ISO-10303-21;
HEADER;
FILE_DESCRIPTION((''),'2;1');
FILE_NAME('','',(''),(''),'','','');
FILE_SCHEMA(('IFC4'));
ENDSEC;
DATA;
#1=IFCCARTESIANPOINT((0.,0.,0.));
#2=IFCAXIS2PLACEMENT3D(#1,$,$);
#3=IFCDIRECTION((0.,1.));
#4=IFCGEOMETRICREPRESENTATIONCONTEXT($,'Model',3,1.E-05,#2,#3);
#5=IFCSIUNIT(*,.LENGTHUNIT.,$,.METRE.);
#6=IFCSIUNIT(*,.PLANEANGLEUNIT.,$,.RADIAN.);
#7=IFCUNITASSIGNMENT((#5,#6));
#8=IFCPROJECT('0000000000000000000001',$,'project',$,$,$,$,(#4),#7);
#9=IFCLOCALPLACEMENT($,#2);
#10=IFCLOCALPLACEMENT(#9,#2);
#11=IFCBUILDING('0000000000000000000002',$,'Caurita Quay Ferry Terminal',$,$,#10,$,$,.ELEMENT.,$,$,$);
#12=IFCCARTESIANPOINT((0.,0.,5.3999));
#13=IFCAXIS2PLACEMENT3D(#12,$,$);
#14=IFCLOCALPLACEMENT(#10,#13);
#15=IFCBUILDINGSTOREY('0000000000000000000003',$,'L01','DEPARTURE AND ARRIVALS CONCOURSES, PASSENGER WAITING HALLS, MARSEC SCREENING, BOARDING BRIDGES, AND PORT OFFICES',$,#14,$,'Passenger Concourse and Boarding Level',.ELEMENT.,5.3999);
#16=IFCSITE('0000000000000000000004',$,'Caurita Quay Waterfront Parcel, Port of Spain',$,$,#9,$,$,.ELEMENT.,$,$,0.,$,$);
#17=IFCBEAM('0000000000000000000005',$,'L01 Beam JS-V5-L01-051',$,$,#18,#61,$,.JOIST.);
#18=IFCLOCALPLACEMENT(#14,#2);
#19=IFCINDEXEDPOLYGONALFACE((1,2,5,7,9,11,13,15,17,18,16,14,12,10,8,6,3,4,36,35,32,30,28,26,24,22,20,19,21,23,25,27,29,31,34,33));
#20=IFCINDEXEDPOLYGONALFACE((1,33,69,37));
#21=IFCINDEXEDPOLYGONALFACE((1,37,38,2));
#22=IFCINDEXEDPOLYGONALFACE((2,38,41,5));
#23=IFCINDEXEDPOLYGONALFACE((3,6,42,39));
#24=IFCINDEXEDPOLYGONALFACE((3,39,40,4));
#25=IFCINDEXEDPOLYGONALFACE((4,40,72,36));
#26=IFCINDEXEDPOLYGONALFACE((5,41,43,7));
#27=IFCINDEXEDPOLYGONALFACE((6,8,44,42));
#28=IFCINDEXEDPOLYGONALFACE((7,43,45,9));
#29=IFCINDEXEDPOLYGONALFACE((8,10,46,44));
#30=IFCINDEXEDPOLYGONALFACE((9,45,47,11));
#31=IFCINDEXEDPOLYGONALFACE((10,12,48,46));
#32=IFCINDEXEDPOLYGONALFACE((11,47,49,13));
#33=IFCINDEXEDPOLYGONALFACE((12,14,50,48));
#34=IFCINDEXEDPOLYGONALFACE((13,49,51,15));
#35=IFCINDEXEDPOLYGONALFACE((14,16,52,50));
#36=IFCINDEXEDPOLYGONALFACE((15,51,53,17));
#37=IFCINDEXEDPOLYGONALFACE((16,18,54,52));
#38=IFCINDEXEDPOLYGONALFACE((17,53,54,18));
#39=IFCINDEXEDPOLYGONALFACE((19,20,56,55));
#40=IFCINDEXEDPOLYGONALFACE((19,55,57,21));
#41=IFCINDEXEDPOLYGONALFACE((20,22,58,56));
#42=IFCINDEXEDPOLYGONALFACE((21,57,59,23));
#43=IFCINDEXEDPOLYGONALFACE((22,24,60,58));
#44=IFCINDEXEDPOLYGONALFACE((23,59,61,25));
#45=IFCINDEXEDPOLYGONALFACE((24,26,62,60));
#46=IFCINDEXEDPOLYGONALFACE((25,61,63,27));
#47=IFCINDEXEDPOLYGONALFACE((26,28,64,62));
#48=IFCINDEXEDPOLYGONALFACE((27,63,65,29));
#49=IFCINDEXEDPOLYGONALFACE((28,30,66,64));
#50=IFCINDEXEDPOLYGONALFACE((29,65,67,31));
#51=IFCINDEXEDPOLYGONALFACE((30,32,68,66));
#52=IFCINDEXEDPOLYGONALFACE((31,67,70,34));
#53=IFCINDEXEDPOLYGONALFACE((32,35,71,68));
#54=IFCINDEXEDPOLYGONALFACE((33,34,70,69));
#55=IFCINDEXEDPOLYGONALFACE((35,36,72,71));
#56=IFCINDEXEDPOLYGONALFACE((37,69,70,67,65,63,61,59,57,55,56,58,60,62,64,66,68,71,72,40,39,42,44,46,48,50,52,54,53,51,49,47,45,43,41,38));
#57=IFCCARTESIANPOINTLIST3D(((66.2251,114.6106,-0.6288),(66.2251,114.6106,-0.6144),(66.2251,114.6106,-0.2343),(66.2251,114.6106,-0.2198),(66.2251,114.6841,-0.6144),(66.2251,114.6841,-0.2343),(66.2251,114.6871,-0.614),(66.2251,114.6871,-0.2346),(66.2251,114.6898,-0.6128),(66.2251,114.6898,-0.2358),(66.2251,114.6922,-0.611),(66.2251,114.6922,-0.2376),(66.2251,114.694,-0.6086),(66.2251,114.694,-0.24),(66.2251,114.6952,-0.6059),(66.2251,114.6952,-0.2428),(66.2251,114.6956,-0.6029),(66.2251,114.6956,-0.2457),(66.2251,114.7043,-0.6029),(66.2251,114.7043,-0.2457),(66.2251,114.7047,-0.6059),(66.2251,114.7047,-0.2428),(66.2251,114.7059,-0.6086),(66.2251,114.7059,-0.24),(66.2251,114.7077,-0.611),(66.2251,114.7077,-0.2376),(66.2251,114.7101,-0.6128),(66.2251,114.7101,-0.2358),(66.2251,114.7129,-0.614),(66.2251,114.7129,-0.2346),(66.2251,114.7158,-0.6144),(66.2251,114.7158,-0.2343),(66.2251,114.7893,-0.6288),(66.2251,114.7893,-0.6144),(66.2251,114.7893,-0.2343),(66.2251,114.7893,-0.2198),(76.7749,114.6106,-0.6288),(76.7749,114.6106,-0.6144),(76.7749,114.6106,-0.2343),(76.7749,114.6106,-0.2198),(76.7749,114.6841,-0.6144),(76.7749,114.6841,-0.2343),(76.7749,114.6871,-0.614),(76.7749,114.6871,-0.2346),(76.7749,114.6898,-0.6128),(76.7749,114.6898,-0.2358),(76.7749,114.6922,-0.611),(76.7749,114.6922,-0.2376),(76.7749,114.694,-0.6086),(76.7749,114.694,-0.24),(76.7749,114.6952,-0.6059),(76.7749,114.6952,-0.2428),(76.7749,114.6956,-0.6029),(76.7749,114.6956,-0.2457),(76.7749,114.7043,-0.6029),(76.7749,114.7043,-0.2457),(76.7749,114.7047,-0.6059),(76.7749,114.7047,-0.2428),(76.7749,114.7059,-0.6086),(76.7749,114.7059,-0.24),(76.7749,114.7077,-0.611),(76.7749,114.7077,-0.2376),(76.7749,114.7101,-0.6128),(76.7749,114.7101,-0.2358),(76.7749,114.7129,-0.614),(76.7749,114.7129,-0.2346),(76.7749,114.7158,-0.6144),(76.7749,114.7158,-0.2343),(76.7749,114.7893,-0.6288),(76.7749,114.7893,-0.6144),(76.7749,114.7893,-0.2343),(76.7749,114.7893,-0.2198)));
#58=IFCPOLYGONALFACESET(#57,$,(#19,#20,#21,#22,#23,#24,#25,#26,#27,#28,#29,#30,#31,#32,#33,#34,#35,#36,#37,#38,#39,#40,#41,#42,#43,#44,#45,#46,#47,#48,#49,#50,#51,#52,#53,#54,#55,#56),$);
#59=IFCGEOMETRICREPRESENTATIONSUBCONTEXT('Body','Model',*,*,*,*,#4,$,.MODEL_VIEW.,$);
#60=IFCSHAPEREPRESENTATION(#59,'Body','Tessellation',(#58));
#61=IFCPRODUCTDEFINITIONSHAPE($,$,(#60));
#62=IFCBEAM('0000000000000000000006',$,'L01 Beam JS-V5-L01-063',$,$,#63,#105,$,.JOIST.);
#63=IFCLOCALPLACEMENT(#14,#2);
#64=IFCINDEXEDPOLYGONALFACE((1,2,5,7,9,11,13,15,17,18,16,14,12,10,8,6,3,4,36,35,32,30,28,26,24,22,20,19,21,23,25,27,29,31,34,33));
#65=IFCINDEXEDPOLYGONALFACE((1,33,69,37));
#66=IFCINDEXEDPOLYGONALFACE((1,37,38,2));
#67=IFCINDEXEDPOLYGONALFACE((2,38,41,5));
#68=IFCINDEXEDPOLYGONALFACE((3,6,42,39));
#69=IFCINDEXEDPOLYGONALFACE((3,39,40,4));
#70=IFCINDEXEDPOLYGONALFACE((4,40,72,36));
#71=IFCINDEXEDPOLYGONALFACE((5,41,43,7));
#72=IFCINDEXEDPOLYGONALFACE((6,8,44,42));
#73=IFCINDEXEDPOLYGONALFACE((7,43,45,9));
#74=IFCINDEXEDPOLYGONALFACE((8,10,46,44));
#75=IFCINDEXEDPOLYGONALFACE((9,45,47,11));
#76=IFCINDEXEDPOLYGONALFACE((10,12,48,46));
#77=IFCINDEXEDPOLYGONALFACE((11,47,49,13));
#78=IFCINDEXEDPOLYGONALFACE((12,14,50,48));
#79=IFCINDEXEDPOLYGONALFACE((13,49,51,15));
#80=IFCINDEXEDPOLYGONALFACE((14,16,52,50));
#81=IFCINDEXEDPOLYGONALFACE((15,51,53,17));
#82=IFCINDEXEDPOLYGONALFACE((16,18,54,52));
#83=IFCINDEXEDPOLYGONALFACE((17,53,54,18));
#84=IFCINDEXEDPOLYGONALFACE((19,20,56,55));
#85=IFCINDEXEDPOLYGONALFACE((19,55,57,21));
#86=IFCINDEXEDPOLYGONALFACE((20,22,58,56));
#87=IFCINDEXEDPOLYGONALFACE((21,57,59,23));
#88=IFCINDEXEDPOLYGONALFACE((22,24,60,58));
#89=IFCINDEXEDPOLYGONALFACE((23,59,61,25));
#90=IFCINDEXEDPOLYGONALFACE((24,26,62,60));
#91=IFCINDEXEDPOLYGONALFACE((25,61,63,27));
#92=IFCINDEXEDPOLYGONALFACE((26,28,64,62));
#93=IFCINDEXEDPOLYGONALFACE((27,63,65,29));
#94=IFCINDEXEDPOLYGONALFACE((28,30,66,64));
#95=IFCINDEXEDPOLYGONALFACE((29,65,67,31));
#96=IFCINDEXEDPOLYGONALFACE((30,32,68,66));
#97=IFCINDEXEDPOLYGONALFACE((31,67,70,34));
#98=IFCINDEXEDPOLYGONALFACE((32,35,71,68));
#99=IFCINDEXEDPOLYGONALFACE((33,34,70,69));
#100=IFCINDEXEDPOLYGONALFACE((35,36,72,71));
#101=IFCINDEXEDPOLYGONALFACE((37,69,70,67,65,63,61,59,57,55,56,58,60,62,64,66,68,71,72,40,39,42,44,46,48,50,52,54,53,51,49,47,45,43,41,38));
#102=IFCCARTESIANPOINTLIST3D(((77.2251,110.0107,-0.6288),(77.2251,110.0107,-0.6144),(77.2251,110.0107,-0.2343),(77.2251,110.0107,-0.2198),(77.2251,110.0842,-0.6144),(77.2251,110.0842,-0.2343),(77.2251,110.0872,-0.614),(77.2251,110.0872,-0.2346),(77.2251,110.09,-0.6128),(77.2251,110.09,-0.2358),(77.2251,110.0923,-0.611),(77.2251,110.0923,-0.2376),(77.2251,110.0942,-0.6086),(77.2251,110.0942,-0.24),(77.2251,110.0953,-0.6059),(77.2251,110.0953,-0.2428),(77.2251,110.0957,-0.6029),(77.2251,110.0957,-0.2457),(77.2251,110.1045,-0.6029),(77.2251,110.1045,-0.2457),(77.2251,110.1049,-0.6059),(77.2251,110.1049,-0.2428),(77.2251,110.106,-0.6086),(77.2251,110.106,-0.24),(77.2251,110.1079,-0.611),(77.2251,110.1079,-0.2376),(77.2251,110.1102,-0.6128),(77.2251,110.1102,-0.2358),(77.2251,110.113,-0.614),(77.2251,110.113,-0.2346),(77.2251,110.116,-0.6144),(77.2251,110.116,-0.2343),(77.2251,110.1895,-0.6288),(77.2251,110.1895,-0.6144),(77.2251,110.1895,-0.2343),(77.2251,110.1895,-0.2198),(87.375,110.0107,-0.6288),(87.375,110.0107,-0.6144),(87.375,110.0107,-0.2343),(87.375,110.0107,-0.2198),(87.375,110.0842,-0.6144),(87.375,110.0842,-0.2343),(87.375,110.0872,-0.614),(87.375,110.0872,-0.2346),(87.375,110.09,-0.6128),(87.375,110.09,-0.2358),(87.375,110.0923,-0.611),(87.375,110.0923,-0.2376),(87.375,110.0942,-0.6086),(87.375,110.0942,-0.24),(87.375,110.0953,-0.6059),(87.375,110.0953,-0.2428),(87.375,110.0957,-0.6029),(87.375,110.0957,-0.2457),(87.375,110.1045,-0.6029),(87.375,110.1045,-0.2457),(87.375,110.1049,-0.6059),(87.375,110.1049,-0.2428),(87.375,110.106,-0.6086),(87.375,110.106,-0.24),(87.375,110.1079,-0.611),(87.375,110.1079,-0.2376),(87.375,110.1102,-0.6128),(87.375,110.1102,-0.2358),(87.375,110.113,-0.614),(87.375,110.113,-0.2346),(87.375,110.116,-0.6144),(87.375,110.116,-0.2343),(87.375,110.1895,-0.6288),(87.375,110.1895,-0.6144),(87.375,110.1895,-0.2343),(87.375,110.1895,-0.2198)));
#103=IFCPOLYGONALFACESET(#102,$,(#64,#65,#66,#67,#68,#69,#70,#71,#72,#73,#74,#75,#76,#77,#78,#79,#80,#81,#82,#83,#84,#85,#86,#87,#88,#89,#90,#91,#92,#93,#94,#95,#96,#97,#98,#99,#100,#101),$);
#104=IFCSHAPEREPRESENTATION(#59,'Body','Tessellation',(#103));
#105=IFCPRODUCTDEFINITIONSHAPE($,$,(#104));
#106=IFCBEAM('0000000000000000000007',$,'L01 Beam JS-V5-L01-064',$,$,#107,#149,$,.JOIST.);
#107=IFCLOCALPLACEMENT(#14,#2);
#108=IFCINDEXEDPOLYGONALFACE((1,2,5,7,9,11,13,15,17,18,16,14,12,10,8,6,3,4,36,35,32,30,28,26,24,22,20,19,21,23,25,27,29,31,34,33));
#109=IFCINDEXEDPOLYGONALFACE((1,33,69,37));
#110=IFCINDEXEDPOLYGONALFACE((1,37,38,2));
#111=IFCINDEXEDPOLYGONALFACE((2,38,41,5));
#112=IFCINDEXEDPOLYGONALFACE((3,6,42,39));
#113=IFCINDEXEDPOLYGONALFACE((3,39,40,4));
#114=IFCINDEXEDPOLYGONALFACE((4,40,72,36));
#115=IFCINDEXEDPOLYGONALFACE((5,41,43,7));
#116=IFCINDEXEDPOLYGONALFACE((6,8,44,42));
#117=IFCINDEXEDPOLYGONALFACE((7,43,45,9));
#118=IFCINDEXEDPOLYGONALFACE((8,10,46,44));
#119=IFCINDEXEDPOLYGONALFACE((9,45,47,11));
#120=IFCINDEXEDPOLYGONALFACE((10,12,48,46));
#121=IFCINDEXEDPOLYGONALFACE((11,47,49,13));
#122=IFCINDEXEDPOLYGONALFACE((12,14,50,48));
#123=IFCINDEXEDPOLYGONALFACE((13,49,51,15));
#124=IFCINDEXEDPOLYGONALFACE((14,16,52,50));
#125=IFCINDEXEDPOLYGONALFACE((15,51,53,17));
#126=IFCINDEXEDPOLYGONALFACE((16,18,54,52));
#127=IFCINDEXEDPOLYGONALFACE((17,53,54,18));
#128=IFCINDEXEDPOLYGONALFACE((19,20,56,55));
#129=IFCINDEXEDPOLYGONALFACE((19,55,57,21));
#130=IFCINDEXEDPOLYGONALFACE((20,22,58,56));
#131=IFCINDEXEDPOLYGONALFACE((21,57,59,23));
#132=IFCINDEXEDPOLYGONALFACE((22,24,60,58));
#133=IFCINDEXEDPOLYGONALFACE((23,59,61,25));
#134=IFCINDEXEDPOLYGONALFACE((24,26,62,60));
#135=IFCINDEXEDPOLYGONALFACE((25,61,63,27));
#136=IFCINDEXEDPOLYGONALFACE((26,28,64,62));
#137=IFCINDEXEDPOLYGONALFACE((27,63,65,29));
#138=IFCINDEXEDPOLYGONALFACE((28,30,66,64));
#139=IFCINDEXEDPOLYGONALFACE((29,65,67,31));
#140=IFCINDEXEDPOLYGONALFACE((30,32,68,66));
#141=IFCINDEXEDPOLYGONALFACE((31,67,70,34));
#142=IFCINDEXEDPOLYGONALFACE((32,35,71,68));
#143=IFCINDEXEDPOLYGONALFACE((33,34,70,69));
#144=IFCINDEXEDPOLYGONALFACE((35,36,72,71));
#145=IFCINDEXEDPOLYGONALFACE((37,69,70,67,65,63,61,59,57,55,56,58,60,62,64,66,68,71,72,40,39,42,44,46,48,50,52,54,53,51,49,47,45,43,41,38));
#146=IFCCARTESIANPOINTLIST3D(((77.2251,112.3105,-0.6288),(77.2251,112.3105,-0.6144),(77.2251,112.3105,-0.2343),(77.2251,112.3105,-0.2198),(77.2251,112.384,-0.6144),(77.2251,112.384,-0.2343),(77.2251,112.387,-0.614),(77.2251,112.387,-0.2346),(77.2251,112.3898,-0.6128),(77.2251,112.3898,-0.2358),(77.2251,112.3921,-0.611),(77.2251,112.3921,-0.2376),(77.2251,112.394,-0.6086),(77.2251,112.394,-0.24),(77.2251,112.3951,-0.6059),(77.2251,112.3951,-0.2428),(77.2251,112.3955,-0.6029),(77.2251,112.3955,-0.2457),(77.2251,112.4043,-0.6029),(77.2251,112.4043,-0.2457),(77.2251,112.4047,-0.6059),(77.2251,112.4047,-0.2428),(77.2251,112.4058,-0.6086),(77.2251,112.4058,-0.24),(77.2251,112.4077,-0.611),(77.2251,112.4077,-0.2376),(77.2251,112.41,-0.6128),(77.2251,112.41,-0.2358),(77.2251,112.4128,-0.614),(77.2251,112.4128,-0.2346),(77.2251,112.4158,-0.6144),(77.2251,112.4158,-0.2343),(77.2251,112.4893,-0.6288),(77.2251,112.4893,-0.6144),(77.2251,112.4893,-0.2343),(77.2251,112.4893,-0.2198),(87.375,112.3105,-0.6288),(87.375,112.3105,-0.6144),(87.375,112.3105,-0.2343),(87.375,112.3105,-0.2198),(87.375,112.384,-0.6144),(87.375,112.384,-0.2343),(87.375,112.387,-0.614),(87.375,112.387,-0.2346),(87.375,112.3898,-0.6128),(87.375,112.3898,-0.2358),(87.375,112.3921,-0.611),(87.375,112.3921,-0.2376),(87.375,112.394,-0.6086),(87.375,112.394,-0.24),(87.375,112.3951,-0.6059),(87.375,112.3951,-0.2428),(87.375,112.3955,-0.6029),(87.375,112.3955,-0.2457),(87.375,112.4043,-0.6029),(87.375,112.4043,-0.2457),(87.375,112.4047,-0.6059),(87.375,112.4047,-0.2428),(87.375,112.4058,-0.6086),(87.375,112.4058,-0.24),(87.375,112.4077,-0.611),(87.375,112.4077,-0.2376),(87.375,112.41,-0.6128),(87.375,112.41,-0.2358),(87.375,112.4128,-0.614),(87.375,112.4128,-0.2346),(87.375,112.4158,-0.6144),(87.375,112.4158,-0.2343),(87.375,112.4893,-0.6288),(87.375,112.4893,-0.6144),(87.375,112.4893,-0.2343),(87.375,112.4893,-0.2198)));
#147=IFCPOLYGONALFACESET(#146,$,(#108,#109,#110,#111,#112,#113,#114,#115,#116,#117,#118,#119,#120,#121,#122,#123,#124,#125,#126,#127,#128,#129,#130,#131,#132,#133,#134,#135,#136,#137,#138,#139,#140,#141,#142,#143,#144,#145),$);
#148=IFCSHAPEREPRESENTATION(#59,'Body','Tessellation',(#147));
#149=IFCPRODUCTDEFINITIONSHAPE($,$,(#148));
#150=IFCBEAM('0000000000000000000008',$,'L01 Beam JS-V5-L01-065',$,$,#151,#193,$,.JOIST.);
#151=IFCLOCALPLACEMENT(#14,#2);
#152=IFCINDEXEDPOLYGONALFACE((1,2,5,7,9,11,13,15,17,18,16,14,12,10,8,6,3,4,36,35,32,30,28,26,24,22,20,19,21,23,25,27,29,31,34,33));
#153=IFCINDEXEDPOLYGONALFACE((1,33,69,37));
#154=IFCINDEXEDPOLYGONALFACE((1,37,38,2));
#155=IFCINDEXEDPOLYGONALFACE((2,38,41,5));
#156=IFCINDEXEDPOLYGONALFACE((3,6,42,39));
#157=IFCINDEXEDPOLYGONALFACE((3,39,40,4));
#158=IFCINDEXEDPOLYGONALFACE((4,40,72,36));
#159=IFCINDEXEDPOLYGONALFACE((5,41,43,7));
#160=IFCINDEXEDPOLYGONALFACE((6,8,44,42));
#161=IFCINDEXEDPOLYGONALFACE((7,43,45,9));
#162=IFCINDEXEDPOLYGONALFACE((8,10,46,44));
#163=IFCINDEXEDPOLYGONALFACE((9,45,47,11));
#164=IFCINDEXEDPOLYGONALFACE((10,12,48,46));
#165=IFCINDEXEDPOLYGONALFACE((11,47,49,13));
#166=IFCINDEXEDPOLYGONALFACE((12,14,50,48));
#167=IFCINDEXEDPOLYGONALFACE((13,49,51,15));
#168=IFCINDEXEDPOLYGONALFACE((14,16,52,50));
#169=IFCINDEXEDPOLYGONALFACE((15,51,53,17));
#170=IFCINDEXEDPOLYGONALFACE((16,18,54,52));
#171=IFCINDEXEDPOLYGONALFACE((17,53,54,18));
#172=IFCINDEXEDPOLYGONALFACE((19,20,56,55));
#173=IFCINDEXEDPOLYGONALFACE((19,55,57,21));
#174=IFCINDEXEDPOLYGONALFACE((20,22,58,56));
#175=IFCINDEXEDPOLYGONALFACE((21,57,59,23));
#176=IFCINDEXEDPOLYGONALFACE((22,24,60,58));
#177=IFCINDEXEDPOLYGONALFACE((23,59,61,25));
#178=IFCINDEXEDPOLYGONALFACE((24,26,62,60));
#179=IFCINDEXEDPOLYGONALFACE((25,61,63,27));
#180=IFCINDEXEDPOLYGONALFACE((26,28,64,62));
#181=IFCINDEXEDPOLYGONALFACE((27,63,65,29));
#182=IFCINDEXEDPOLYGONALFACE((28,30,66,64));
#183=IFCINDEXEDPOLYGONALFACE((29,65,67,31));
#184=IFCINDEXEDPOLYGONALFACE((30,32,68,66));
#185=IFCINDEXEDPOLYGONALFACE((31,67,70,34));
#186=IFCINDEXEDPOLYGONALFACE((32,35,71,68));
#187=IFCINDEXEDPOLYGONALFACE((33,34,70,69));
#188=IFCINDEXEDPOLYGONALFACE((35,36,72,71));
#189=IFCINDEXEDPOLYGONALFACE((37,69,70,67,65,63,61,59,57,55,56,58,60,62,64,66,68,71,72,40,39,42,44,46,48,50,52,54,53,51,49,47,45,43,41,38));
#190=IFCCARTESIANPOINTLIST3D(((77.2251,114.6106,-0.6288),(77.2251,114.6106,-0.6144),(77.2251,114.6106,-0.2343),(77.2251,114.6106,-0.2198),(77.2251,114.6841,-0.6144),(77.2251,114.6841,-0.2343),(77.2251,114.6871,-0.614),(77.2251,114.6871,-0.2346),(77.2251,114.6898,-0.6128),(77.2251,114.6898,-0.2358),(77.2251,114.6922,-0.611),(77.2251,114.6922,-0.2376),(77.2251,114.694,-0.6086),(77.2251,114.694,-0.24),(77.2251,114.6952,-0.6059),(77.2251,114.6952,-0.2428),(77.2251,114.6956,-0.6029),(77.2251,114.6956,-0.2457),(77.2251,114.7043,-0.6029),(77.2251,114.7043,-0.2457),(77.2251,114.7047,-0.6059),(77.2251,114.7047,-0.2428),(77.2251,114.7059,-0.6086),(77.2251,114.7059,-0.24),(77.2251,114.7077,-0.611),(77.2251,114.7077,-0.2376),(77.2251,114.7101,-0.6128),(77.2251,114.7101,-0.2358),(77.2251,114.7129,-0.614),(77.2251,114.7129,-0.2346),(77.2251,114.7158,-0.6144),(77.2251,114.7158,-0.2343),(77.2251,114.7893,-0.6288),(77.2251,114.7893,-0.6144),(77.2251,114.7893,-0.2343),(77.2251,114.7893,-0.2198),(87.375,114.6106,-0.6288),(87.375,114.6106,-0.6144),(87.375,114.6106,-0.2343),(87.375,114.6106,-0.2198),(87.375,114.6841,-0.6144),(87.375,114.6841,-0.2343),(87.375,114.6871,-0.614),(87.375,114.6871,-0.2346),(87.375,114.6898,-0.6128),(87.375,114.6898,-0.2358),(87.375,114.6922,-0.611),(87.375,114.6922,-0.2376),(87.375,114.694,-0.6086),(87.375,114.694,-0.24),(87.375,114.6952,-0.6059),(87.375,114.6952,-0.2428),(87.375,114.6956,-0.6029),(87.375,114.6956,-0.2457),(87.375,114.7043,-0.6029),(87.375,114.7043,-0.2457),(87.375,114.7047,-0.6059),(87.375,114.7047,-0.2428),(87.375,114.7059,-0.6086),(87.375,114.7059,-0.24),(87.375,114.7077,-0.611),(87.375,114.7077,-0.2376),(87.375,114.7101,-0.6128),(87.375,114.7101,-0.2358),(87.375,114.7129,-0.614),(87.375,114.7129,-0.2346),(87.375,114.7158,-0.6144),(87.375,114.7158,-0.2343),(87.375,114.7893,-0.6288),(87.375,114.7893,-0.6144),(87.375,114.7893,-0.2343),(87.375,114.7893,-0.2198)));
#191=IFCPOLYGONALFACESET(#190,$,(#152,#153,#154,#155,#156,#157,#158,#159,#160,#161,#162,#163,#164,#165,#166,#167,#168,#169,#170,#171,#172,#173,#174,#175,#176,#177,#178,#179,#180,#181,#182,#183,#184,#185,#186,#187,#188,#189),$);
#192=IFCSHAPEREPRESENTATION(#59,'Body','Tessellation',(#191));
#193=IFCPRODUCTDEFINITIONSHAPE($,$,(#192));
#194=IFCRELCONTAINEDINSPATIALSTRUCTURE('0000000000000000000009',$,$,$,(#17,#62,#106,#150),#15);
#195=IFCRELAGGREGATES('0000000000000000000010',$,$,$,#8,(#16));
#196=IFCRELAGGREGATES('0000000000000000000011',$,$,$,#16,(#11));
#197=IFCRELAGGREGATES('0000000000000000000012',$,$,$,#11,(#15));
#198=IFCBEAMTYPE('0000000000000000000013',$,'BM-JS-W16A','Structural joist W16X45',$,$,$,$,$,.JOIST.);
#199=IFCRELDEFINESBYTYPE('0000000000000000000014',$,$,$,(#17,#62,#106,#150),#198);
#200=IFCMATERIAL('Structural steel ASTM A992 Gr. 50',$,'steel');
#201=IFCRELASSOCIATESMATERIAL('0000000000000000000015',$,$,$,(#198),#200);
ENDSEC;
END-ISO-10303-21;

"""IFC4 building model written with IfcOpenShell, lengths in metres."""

from ifc_helpers import new_model, si_unit, direction, frame, origin, origin_2d, place, context, subcontext, project, spatial, i_section, extrude, material, material_profile, profile_set, type_object, element, save


model = new_model("IFC4")

# Units and contexts
model_context = context("Model", 3, precision=1e-05, world=origin(), true_north=direction((0.0, 1.0)))
body_context = subcontext(model_context, "Body", "Model", "MODEL_VIEW")
ifc_project = project(units=[si_unit("LENGTHUNIT", "METRE"), si_unit("PLANEANGLEUNIT", "RADIAN")], contexts=[model_context])

# Site, building, storey
site_placement = place(None, origin())
site = spatial("IfcSite", under=ifc_project, at=site_placement, Name="Caurita Quay Waterfront Parcel, Port of Spain", CompositionType="ELEMENT", RefElevation=0.0)
building_placement = place(site_placement, origin())
building = spatial("IfcBuilding", under=site, at=building_placement, Name="Caurita Quay Ferry Terminal", CompositionType="ELEMENT")
storey_placement = place(building_placement, frame((0.0, 0.0, 5.3999)))
storey = spatial("IfcBuildingStorey", under=building, at=storey_placement, Name="L01", Description="DEPARTURE AND ARRIVALS CONCOURSES, PASSENGER WAITING HALLS, MARSEC SCREENING, BOARDING BRIDGES, AND PORT OFFICES", LongName="Passenger Concourse and Boarding Level", CompositionType="ELEMENT", Elevation=5.3999)

# Beams
ifc_material_1 = material(Name="Structural steel ASTM A992 Gr. 50", Category="steel")
ifc_material_profile_1 = material_profile(ifc_material_1, i_section(OverallWidth=0.1787, OverallDepth=0.4089, WebThickness=0.0088, FlangeThickness=0.0144, FilletRadius=0.0115, at=origin_2d()), Name="W16X45")
ifc_profile_set_1 = profile_set([ifc_material_profile_1], Name="Structural steel ASTM A992 Gr. 50")
beam_type_1 = type_object("IfcBeamType", Name="BM-JS-W16A", Description="Structural joist W16X45", PredefinedType="JOIST", material=ifc_profile_set_1)
for number, where, z_axis, x_axis, name in (
    (1, (66.2251, 114.7, -0.4243), (1.0, 0.0, 0.0), (0.0, 1.0, 0.0), "L01 Beam JS-V5-L01-051"),
):
    element("IfcBeam", number, at=place(storey_placement, frame(where, z_axis=z_axis, x_axis=x_axis)), inside=storey, type_object=beam_type_1, Name=name, PredefinedType="JOIST", context=body_context, shape_type="SweptSolid", body=[
        extrude(i_section(OverallWidth=0.1787, OverallDepth=0.4089, WebThickness=0.0088, FlangeThickness=0.0144, FilletRadius=0.0115, at=origin_2d()), origin(), (0.0, 0.0, 1.0), 10.5498),
    ])
for number, where, z_axis, x_axis, name in (
    (2, (77.2251, 110.1001, -0.4243), (1.0, 0.0, 0.0), (0.0, 1.0, 0.0), "L01 Beam JS-V5-L01-063"),
    (3, (77.2251, 112.3999, -0.4243), (1.0, 0.0, 0.0), (0.0, 1.0, 0.0), "L01 Beam JS-V5-L01-064"),
    (4, (77.2251, 114.7, -0.4243), (1.0, 0.0, 0.0), (0.0, 1.0, 0.0), "L01 Beam JS-V5-L01-065"),
):
    element("IfcBeam", number, at=place(storey_placement, frame(where, z_axis=z_axis, x_axis=x_axis)), inside=storey, type_object=beam_type_1, Name=name, PredefinedType="JOIST", context=body_context, shape_type="SweptSolid", body=[
        extrude(i_section(OverallWidth=0.1787, OverallDepth=0.4089, WebThickness=0.0088, FlangeThickness=0.0144, FilletRadius=0.0115, at=origin_2d()), origin(), (0.0, 0.0, 1.0), 10.1499),
    ])

save(model, "model.ifc")
